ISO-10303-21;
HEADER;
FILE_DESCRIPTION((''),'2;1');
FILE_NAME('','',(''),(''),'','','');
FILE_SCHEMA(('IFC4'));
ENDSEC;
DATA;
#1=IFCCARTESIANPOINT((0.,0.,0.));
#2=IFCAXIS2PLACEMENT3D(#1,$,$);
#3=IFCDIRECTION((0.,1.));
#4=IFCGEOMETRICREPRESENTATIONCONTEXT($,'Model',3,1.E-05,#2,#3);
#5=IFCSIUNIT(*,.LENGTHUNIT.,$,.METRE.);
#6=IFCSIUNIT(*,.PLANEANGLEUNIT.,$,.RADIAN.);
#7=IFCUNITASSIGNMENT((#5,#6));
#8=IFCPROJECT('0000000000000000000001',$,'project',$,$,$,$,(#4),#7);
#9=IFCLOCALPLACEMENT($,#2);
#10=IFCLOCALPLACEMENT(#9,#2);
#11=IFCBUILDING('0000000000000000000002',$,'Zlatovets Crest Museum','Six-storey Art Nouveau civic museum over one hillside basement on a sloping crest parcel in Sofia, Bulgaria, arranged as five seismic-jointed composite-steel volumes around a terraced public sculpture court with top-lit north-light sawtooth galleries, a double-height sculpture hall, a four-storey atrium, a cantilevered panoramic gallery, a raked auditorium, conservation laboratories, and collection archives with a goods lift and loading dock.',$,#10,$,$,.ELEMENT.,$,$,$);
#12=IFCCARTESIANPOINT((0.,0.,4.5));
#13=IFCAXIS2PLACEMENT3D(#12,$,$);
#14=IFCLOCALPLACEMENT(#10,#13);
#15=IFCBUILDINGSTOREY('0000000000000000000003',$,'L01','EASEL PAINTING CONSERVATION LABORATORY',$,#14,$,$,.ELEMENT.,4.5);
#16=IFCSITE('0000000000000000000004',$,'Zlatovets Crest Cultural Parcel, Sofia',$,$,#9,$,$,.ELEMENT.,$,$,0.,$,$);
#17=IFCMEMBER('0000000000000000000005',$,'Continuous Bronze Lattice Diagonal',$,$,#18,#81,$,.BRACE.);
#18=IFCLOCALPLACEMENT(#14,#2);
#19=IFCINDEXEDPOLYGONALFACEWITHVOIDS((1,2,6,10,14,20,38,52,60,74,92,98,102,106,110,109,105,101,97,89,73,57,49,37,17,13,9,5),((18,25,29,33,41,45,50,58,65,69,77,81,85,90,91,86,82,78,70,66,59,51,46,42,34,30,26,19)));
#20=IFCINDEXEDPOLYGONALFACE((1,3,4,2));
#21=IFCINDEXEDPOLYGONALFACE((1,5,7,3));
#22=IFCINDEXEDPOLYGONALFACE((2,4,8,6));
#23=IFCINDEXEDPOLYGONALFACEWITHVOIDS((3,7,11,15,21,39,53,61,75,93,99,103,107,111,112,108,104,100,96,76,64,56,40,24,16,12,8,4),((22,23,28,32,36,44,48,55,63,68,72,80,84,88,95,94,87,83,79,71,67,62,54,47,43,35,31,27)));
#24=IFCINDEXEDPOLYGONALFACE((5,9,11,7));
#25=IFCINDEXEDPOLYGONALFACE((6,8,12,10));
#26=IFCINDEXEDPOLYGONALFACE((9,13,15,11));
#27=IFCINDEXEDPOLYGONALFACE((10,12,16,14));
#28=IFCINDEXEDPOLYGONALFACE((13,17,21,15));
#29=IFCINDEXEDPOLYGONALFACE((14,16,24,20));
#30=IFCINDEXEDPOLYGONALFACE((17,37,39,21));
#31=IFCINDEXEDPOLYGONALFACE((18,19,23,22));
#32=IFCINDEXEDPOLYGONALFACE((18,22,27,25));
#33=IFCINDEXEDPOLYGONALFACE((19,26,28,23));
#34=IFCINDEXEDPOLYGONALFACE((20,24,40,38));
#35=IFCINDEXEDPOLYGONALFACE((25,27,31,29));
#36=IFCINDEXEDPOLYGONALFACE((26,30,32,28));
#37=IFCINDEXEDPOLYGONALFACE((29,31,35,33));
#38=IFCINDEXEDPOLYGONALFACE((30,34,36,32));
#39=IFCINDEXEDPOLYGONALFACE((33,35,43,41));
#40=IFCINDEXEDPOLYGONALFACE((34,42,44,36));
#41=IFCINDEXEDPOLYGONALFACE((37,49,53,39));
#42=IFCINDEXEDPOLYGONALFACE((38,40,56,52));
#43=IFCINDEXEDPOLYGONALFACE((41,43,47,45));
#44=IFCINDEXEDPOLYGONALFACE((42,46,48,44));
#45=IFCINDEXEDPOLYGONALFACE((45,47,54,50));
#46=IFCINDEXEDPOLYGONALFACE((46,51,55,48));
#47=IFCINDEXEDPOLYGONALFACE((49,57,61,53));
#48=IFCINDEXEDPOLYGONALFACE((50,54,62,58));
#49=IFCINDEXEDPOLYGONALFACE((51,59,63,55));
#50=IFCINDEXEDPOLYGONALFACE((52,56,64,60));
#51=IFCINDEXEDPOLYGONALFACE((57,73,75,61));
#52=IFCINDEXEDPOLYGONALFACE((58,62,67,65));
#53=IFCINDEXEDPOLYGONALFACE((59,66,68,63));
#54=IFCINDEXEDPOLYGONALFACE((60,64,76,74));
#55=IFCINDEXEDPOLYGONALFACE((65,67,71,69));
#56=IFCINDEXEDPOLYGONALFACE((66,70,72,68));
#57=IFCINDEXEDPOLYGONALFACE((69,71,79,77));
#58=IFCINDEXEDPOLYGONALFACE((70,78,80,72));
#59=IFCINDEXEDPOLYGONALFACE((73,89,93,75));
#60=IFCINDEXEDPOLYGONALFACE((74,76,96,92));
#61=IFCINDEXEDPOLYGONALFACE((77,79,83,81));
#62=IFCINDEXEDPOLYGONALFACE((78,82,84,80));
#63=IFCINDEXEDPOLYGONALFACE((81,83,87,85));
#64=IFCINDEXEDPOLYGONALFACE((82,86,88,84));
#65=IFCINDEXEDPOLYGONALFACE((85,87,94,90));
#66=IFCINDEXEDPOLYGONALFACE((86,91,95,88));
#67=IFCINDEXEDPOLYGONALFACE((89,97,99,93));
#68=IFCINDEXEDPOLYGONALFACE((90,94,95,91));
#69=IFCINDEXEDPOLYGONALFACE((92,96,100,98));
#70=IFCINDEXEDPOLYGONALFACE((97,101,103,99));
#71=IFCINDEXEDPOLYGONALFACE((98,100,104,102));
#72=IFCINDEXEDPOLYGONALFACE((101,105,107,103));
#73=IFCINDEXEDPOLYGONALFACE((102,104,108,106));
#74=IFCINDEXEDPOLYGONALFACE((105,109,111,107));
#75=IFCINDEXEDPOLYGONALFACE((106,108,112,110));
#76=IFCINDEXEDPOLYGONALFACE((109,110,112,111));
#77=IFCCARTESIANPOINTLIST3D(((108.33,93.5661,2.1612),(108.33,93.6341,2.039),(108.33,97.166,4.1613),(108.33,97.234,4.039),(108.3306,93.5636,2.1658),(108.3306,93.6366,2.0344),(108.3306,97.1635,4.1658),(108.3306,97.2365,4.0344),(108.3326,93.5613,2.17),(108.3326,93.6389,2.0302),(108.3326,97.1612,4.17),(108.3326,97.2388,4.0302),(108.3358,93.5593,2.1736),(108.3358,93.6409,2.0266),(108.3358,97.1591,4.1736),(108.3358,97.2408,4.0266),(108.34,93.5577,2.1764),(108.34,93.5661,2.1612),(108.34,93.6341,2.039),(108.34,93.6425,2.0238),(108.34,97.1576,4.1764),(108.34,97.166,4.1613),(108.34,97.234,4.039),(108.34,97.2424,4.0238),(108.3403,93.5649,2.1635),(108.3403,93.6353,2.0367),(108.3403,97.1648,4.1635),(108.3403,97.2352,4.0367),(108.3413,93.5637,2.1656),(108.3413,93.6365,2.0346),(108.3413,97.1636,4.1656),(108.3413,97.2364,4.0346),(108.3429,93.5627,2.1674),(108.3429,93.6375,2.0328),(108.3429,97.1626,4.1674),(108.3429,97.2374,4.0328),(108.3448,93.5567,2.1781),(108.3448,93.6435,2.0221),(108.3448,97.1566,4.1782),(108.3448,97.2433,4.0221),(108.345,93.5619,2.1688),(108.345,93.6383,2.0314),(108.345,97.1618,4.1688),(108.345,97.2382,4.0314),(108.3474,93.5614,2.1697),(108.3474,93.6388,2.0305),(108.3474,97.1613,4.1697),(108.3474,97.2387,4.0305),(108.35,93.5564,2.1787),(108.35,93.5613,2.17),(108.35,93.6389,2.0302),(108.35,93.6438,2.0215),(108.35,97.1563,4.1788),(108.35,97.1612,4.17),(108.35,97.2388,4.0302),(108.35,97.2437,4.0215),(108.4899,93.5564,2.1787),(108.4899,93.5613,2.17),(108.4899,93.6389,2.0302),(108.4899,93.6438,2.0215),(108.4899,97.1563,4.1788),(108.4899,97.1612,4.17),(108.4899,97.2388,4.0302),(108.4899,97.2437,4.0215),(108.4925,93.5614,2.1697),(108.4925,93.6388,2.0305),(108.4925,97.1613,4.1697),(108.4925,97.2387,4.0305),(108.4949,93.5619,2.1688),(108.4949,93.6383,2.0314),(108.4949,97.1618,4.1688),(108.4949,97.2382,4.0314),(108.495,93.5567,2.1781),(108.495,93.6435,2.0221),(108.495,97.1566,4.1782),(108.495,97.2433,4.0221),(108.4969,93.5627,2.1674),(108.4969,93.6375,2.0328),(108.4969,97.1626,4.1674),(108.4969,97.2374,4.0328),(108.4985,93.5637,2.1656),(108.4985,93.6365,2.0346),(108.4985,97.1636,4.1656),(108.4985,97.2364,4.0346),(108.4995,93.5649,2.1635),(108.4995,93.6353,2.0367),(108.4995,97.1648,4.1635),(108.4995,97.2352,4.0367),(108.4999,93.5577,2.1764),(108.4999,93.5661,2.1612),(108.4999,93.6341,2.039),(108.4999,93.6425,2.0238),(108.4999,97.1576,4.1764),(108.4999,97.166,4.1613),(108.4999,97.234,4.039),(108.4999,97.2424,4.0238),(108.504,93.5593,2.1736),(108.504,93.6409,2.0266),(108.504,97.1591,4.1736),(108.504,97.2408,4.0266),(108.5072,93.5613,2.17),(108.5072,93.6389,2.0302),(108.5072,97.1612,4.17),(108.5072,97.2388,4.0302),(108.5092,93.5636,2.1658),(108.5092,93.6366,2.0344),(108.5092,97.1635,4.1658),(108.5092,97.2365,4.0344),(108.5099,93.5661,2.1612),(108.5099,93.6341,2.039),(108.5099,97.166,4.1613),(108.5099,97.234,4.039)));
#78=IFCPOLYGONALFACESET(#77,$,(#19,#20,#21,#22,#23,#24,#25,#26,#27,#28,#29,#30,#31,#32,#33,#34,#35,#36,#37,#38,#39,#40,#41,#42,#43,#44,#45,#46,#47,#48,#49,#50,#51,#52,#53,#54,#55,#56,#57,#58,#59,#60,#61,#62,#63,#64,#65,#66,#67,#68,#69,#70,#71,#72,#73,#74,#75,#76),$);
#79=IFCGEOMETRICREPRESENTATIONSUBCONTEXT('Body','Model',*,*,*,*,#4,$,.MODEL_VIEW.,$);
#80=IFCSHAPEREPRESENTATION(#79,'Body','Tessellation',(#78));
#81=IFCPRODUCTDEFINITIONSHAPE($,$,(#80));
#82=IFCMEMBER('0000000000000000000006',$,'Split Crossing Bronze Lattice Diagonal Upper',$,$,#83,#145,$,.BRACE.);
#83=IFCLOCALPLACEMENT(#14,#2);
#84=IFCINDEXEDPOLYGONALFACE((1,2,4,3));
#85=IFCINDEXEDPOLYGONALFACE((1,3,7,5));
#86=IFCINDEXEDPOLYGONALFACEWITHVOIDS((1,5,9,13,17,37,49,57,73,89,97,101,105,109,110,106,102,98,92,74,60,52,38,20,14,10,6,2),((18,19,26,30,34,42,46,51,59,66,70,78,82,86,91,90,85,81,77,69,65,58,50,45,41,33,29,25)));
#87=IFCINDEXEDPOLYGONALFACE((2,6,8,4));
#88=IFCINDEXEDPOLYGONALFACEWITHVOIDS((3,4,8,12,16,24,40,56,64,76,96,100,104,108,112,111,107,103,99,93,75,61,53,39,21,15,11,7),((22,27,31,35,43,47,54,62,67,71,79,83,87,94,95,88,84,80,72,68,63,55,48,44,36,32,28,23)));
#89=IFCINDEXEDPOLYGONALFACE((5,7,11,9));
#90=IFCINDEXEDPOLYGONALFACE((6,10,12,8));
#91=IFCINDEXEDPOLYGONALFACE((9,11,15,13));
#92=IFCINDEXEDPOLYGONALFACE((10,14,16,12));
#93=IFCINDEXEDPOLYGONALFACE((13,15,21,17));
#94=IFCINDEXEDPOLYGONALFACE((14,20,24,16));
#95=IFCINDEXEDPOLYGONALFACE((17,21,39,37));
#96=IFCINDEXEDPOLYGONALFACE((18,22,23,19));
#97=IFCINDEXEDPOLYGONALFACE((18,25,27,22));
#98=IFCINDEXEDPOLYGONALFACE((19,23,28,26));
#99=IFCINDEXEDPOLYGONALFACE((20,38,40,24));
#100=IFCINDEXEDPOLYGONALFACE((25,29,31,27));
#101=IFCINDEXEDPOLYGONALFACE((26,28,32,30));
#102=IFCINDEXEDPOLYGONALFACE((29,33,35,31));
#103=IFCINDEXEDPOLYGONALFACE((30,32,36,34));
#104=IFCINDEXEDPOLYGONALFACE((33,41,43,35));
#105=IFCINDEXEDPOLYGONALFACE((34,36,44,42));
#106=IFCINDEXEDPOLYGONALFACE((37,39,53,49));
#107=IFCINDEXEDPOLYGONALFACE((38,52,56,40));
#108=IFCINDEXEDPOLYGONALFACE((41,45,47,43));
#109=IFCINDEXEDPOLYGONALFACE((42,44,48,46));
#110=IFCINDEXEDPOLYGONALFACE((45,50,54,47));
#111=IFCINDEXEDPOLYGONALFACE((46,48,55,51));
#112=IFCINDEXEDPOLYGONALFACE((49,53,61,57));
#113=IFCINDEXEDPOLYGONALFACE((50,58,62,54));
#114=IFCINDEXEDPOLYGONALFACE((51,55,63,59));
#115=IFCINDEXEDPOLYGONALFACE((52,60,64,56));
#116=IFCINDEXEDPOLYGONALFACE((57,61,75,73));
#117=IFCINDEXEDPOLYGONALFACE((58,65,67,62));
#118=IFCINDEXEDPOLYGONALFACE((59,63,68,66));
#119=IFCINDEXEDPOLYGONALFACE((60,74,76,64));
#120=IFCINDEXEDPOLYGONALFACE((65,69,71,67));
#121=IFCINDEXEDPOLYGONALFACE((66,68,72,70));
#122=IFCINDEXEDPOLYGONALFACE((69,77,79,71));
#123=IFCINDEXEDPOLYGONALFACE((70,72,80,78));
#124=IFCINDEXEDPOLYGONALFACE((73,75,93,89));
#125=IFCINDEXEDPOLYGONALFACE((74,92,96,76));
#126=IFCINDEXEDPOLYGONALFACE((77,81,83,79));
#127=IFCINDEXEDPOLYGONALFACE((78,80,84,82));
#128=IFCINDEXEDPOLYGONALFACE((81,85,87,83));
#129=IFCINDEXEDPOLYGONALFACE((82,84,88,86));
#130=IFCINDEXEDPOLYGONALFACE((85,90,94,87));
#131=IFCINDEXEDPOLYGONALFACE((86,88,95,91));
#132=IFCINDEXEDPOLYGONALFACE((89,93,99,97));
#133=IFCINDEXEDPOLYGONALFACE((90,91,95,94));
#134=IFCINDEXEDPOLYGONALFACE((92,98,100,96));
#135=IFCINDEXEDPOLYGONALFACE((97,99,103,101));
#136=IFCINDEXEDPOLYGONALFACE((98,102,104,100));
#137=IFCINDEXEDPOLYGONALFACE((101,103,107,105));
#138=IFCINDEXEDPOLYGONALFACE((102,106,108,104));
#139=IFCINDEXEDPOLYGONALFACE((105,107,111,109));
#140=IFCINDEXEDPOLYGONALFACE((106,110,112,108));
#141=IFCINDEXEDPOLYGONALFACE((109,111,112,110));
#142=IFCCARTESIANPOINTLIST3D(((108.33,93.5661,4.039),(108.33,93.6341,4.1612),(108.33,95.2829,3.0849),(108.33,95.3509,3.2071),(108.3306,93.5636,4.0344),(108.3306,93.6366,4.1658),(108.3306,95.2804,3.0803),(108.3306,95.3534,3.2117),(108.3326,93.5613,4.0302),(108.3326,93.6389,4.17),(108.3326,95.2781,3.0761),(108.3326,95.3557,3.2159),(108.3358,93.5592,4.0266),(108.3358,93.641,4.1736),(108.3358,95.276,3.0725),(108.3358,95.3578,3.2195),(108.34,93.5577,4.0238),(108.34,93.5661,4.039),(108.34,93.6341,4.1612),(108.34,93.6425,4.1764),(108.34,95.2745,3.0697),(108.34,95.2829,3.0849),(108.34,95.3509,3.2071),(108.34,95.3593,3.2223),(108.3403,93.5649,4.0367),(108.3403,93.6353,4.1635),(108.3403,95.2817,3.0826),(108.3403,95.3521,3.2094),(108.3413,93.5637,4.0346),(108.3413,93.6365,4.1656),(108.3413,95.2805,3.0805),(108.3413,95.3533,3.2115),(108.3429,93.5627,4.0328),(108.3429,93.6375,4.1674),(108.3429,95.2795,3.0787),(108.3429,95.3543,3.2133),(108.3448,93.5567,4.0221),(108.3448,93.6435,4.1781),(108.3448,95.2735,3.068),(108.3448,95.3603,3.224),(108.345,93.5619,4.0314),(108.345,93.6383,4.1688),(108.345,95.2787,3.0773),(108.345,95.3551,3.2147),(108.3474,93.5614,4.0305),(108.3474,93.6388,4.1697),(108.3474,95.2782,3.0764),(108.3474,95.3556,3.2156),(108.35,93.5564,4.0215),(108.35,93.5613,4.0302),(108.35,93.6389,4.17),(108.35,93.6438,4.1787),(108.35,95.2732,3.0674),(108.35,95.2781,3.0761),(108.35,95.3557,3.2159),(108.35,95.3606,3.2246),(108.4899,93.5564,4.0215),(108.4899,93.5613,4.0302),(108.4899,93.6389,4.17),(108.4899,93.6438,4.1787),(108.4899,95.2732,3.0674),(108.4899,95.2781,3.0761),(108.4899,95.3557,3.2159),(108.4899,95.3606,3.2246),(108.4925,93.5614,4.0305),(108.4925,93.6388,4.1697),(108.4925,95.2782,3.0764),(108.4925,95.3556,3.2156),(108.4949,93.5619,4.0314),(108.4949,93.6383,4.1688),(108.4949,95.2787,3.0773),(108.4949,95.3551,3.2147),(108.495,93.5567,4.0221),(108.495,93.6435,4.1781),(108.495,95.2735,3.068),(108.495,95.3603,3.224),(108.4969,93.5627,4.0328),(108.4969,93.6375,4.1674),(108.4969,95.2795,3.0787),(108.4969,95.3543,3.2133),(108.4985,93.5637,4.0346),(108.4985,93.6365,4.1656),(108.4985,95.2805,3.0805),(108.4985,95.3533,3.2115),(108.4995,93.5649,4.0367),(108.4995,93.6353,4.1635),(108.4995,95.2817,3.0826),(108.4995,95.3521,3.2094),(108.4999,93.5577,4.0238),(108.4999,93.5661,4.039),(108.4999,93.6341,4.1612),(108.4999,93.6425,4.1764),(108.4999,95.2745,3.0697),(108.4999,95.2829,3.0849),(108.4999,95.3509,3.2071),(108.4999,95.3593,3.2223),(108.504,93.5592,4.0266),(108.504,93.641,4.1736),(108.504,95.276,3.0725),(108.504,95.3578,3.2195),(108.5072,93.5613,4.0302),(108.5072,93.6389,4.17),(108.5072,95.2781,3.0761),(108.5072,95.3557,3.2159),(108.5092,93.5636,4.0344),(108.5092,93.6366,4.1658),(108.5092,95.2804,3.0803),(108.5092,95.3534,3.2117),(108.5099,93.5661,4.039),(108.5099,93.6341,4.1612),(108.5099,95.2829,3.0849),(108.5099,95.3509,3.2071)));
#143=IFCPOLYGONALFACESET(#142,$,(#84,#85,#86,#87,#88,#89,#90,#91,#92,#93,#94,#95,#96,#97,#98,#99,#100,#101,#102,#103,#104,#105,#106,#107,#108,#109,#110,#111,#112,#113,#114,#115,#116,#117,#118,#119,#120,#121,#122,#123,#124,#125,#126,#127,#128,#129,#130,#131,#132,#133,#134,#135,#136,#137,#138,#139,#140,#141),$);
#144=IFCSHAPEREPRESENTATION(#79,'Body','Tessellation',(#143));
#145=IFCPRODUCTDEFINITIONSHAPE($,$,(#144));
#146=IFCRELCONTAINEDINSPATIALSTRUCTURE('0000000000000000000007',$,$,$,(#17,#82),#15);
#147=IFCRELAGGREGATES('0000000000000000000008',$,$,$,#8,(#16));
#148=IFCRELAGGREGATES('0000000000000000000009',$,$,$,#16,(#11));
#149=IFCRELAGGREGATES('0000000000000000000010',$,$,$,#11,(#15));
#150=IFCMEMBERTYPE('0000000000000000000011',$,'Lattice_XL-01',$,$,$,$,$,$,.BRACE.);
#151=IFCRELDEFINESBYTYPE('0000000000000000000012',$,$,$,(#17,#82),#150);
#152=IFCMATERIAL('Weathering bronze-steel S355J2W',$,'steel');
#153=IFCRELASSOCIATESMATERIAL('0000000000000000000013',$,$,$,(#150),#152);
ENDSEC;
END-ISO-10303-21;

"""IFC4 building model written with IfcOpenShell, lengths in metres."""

from ifc_helpers import new_model, si_unit, direction, frame, origin, origin_2d, place, context, subcontext, project, spatial, hollow_rectangle, extrude, material, material_profile, profile_set, type_object, element, save


model = new_model("IFC4")

# Units and contexts
model_context = context("Model", 3, precision=1e-05, world=origin(), true_north=direction((0.0, 1.0)))
body_context = subcontext(model_context, "Body", "Model", "MODEL_VIEW")
ifc_project = project(units=[si_unit("LENGTHUNIT", "METRE"), si_unit("PLANEANGLEUNIT", "RADIAN")], contexts=[model_context])

# Site, building, storey
site_placement = place(None, origin())
site = spatial("IfcSite", under=ifc_project, at=site_placement, Name="Zlatovets Crest Cultural Parcel, Sofia", CompositionType="ELEMENT", RefElevation=0.0)
building_placement = place(site_placement, origin())
building = spatial("IfcBuilding", under=site, at=building_placement, Name="Zlatovets Crest Museum", Description="Six-storey Art Nouveau civic museum over one hillside basement on a sloping crest parcel in Sofia, Bulgaria, arranged as five seismic-jointed composite-steel volumes around a terraced public sculpture court with top-lit north-light sawtooth galleries, a double-height sculpture hall, a four-storey atrium, a cantilevered panoramic gallery, a raked auditorium, conservation laboratories, and collection archives with a goods lift and loading dock.", CompositionType="ELEMENT")
storey_placement = place(building_placement, frame((0.0, 0.0, 4.5)))
storey = spatial("IfcBuildingStorey", under=building, at=storey_placement, Name="L01", Description="EASEL PAINTING CONSERVATION LABORATORY", CompositionType="ELEMENT", Elevation=4.5)

# Members
ifc_material_1 = material(Name="Weathering bronze-steel S355J2W", Category="steel")
ifc_material_profile_1 = material_profile(ifc_material_1, hollow_rectangle(XDim=0.1799, YDim=0.1799, WallThickness=0.01, InnerFilletRadius=0.01, OuterFilletRadius=0.02, at=origin_2d()), Name="SHS 180x180x10.0")
ifc_profile_set_1 = profile_set([ifc_material_profile_1], Name="Weathering bronze-steel S355J2W")
member_type_1 = type_object("IfcMemberType", Name="Lattice_XL-01", PredefinedType="BRACE", material=ifc_profile_set_1)
member_1_placement = place(storey_placement, frame((108.4199, 93.6001, 2.1001), z_axis=(0.0, 0.874149, 0.485658), x_axis=(-1.0, 0.0, 0.0)))
element("IfcMember", 1, at=member_1_placement, inside=storey, type_object=member_type_1, Name="Continuous Bronze Lattice Diagonal", PredefinedType="BRACE", context=body_context, shape_type="SweptSolid", body=[
    extrude(hollow_rectangle(XDim=0.1799, YDim=0.1799, WallThickness=0.01, InnerFilletRadius=0.01, OuterFilletRadius=0.02, at=origin_2d()), origin(), (0.0, 0.0, 1.0), 4.1182),
])
for number, where, z_axis, x_axis, name in (
    (2, (108.4199, 93.6001, 4.1001), (0.0, 0.874087, -0.48577), (-1.0, 0.0, 0.0), "Split Crossing Bronze Lattice Diagonal Upper"),
):
    element("IfcMember", number, at=place(storey_placement, frame(where, z_axis=z_axis, x_axis=x_axis)), inside=storey, type_object=member_type_1, Name=name, PredefinedType="BRACE", context=body_context, shape_type="SweptSolid", body=[
        extrude(hollow_rectangle(XDim=0.1799, YDim=0.1799, WallThickness=0.01, InnerFilletRadius=0.01, OuterFilletRadius=0.02, at=origin_2d()), origin(), (0.0, 0.0, 1.0), 1.9641),
    ])

save(model, "model.ifc")
